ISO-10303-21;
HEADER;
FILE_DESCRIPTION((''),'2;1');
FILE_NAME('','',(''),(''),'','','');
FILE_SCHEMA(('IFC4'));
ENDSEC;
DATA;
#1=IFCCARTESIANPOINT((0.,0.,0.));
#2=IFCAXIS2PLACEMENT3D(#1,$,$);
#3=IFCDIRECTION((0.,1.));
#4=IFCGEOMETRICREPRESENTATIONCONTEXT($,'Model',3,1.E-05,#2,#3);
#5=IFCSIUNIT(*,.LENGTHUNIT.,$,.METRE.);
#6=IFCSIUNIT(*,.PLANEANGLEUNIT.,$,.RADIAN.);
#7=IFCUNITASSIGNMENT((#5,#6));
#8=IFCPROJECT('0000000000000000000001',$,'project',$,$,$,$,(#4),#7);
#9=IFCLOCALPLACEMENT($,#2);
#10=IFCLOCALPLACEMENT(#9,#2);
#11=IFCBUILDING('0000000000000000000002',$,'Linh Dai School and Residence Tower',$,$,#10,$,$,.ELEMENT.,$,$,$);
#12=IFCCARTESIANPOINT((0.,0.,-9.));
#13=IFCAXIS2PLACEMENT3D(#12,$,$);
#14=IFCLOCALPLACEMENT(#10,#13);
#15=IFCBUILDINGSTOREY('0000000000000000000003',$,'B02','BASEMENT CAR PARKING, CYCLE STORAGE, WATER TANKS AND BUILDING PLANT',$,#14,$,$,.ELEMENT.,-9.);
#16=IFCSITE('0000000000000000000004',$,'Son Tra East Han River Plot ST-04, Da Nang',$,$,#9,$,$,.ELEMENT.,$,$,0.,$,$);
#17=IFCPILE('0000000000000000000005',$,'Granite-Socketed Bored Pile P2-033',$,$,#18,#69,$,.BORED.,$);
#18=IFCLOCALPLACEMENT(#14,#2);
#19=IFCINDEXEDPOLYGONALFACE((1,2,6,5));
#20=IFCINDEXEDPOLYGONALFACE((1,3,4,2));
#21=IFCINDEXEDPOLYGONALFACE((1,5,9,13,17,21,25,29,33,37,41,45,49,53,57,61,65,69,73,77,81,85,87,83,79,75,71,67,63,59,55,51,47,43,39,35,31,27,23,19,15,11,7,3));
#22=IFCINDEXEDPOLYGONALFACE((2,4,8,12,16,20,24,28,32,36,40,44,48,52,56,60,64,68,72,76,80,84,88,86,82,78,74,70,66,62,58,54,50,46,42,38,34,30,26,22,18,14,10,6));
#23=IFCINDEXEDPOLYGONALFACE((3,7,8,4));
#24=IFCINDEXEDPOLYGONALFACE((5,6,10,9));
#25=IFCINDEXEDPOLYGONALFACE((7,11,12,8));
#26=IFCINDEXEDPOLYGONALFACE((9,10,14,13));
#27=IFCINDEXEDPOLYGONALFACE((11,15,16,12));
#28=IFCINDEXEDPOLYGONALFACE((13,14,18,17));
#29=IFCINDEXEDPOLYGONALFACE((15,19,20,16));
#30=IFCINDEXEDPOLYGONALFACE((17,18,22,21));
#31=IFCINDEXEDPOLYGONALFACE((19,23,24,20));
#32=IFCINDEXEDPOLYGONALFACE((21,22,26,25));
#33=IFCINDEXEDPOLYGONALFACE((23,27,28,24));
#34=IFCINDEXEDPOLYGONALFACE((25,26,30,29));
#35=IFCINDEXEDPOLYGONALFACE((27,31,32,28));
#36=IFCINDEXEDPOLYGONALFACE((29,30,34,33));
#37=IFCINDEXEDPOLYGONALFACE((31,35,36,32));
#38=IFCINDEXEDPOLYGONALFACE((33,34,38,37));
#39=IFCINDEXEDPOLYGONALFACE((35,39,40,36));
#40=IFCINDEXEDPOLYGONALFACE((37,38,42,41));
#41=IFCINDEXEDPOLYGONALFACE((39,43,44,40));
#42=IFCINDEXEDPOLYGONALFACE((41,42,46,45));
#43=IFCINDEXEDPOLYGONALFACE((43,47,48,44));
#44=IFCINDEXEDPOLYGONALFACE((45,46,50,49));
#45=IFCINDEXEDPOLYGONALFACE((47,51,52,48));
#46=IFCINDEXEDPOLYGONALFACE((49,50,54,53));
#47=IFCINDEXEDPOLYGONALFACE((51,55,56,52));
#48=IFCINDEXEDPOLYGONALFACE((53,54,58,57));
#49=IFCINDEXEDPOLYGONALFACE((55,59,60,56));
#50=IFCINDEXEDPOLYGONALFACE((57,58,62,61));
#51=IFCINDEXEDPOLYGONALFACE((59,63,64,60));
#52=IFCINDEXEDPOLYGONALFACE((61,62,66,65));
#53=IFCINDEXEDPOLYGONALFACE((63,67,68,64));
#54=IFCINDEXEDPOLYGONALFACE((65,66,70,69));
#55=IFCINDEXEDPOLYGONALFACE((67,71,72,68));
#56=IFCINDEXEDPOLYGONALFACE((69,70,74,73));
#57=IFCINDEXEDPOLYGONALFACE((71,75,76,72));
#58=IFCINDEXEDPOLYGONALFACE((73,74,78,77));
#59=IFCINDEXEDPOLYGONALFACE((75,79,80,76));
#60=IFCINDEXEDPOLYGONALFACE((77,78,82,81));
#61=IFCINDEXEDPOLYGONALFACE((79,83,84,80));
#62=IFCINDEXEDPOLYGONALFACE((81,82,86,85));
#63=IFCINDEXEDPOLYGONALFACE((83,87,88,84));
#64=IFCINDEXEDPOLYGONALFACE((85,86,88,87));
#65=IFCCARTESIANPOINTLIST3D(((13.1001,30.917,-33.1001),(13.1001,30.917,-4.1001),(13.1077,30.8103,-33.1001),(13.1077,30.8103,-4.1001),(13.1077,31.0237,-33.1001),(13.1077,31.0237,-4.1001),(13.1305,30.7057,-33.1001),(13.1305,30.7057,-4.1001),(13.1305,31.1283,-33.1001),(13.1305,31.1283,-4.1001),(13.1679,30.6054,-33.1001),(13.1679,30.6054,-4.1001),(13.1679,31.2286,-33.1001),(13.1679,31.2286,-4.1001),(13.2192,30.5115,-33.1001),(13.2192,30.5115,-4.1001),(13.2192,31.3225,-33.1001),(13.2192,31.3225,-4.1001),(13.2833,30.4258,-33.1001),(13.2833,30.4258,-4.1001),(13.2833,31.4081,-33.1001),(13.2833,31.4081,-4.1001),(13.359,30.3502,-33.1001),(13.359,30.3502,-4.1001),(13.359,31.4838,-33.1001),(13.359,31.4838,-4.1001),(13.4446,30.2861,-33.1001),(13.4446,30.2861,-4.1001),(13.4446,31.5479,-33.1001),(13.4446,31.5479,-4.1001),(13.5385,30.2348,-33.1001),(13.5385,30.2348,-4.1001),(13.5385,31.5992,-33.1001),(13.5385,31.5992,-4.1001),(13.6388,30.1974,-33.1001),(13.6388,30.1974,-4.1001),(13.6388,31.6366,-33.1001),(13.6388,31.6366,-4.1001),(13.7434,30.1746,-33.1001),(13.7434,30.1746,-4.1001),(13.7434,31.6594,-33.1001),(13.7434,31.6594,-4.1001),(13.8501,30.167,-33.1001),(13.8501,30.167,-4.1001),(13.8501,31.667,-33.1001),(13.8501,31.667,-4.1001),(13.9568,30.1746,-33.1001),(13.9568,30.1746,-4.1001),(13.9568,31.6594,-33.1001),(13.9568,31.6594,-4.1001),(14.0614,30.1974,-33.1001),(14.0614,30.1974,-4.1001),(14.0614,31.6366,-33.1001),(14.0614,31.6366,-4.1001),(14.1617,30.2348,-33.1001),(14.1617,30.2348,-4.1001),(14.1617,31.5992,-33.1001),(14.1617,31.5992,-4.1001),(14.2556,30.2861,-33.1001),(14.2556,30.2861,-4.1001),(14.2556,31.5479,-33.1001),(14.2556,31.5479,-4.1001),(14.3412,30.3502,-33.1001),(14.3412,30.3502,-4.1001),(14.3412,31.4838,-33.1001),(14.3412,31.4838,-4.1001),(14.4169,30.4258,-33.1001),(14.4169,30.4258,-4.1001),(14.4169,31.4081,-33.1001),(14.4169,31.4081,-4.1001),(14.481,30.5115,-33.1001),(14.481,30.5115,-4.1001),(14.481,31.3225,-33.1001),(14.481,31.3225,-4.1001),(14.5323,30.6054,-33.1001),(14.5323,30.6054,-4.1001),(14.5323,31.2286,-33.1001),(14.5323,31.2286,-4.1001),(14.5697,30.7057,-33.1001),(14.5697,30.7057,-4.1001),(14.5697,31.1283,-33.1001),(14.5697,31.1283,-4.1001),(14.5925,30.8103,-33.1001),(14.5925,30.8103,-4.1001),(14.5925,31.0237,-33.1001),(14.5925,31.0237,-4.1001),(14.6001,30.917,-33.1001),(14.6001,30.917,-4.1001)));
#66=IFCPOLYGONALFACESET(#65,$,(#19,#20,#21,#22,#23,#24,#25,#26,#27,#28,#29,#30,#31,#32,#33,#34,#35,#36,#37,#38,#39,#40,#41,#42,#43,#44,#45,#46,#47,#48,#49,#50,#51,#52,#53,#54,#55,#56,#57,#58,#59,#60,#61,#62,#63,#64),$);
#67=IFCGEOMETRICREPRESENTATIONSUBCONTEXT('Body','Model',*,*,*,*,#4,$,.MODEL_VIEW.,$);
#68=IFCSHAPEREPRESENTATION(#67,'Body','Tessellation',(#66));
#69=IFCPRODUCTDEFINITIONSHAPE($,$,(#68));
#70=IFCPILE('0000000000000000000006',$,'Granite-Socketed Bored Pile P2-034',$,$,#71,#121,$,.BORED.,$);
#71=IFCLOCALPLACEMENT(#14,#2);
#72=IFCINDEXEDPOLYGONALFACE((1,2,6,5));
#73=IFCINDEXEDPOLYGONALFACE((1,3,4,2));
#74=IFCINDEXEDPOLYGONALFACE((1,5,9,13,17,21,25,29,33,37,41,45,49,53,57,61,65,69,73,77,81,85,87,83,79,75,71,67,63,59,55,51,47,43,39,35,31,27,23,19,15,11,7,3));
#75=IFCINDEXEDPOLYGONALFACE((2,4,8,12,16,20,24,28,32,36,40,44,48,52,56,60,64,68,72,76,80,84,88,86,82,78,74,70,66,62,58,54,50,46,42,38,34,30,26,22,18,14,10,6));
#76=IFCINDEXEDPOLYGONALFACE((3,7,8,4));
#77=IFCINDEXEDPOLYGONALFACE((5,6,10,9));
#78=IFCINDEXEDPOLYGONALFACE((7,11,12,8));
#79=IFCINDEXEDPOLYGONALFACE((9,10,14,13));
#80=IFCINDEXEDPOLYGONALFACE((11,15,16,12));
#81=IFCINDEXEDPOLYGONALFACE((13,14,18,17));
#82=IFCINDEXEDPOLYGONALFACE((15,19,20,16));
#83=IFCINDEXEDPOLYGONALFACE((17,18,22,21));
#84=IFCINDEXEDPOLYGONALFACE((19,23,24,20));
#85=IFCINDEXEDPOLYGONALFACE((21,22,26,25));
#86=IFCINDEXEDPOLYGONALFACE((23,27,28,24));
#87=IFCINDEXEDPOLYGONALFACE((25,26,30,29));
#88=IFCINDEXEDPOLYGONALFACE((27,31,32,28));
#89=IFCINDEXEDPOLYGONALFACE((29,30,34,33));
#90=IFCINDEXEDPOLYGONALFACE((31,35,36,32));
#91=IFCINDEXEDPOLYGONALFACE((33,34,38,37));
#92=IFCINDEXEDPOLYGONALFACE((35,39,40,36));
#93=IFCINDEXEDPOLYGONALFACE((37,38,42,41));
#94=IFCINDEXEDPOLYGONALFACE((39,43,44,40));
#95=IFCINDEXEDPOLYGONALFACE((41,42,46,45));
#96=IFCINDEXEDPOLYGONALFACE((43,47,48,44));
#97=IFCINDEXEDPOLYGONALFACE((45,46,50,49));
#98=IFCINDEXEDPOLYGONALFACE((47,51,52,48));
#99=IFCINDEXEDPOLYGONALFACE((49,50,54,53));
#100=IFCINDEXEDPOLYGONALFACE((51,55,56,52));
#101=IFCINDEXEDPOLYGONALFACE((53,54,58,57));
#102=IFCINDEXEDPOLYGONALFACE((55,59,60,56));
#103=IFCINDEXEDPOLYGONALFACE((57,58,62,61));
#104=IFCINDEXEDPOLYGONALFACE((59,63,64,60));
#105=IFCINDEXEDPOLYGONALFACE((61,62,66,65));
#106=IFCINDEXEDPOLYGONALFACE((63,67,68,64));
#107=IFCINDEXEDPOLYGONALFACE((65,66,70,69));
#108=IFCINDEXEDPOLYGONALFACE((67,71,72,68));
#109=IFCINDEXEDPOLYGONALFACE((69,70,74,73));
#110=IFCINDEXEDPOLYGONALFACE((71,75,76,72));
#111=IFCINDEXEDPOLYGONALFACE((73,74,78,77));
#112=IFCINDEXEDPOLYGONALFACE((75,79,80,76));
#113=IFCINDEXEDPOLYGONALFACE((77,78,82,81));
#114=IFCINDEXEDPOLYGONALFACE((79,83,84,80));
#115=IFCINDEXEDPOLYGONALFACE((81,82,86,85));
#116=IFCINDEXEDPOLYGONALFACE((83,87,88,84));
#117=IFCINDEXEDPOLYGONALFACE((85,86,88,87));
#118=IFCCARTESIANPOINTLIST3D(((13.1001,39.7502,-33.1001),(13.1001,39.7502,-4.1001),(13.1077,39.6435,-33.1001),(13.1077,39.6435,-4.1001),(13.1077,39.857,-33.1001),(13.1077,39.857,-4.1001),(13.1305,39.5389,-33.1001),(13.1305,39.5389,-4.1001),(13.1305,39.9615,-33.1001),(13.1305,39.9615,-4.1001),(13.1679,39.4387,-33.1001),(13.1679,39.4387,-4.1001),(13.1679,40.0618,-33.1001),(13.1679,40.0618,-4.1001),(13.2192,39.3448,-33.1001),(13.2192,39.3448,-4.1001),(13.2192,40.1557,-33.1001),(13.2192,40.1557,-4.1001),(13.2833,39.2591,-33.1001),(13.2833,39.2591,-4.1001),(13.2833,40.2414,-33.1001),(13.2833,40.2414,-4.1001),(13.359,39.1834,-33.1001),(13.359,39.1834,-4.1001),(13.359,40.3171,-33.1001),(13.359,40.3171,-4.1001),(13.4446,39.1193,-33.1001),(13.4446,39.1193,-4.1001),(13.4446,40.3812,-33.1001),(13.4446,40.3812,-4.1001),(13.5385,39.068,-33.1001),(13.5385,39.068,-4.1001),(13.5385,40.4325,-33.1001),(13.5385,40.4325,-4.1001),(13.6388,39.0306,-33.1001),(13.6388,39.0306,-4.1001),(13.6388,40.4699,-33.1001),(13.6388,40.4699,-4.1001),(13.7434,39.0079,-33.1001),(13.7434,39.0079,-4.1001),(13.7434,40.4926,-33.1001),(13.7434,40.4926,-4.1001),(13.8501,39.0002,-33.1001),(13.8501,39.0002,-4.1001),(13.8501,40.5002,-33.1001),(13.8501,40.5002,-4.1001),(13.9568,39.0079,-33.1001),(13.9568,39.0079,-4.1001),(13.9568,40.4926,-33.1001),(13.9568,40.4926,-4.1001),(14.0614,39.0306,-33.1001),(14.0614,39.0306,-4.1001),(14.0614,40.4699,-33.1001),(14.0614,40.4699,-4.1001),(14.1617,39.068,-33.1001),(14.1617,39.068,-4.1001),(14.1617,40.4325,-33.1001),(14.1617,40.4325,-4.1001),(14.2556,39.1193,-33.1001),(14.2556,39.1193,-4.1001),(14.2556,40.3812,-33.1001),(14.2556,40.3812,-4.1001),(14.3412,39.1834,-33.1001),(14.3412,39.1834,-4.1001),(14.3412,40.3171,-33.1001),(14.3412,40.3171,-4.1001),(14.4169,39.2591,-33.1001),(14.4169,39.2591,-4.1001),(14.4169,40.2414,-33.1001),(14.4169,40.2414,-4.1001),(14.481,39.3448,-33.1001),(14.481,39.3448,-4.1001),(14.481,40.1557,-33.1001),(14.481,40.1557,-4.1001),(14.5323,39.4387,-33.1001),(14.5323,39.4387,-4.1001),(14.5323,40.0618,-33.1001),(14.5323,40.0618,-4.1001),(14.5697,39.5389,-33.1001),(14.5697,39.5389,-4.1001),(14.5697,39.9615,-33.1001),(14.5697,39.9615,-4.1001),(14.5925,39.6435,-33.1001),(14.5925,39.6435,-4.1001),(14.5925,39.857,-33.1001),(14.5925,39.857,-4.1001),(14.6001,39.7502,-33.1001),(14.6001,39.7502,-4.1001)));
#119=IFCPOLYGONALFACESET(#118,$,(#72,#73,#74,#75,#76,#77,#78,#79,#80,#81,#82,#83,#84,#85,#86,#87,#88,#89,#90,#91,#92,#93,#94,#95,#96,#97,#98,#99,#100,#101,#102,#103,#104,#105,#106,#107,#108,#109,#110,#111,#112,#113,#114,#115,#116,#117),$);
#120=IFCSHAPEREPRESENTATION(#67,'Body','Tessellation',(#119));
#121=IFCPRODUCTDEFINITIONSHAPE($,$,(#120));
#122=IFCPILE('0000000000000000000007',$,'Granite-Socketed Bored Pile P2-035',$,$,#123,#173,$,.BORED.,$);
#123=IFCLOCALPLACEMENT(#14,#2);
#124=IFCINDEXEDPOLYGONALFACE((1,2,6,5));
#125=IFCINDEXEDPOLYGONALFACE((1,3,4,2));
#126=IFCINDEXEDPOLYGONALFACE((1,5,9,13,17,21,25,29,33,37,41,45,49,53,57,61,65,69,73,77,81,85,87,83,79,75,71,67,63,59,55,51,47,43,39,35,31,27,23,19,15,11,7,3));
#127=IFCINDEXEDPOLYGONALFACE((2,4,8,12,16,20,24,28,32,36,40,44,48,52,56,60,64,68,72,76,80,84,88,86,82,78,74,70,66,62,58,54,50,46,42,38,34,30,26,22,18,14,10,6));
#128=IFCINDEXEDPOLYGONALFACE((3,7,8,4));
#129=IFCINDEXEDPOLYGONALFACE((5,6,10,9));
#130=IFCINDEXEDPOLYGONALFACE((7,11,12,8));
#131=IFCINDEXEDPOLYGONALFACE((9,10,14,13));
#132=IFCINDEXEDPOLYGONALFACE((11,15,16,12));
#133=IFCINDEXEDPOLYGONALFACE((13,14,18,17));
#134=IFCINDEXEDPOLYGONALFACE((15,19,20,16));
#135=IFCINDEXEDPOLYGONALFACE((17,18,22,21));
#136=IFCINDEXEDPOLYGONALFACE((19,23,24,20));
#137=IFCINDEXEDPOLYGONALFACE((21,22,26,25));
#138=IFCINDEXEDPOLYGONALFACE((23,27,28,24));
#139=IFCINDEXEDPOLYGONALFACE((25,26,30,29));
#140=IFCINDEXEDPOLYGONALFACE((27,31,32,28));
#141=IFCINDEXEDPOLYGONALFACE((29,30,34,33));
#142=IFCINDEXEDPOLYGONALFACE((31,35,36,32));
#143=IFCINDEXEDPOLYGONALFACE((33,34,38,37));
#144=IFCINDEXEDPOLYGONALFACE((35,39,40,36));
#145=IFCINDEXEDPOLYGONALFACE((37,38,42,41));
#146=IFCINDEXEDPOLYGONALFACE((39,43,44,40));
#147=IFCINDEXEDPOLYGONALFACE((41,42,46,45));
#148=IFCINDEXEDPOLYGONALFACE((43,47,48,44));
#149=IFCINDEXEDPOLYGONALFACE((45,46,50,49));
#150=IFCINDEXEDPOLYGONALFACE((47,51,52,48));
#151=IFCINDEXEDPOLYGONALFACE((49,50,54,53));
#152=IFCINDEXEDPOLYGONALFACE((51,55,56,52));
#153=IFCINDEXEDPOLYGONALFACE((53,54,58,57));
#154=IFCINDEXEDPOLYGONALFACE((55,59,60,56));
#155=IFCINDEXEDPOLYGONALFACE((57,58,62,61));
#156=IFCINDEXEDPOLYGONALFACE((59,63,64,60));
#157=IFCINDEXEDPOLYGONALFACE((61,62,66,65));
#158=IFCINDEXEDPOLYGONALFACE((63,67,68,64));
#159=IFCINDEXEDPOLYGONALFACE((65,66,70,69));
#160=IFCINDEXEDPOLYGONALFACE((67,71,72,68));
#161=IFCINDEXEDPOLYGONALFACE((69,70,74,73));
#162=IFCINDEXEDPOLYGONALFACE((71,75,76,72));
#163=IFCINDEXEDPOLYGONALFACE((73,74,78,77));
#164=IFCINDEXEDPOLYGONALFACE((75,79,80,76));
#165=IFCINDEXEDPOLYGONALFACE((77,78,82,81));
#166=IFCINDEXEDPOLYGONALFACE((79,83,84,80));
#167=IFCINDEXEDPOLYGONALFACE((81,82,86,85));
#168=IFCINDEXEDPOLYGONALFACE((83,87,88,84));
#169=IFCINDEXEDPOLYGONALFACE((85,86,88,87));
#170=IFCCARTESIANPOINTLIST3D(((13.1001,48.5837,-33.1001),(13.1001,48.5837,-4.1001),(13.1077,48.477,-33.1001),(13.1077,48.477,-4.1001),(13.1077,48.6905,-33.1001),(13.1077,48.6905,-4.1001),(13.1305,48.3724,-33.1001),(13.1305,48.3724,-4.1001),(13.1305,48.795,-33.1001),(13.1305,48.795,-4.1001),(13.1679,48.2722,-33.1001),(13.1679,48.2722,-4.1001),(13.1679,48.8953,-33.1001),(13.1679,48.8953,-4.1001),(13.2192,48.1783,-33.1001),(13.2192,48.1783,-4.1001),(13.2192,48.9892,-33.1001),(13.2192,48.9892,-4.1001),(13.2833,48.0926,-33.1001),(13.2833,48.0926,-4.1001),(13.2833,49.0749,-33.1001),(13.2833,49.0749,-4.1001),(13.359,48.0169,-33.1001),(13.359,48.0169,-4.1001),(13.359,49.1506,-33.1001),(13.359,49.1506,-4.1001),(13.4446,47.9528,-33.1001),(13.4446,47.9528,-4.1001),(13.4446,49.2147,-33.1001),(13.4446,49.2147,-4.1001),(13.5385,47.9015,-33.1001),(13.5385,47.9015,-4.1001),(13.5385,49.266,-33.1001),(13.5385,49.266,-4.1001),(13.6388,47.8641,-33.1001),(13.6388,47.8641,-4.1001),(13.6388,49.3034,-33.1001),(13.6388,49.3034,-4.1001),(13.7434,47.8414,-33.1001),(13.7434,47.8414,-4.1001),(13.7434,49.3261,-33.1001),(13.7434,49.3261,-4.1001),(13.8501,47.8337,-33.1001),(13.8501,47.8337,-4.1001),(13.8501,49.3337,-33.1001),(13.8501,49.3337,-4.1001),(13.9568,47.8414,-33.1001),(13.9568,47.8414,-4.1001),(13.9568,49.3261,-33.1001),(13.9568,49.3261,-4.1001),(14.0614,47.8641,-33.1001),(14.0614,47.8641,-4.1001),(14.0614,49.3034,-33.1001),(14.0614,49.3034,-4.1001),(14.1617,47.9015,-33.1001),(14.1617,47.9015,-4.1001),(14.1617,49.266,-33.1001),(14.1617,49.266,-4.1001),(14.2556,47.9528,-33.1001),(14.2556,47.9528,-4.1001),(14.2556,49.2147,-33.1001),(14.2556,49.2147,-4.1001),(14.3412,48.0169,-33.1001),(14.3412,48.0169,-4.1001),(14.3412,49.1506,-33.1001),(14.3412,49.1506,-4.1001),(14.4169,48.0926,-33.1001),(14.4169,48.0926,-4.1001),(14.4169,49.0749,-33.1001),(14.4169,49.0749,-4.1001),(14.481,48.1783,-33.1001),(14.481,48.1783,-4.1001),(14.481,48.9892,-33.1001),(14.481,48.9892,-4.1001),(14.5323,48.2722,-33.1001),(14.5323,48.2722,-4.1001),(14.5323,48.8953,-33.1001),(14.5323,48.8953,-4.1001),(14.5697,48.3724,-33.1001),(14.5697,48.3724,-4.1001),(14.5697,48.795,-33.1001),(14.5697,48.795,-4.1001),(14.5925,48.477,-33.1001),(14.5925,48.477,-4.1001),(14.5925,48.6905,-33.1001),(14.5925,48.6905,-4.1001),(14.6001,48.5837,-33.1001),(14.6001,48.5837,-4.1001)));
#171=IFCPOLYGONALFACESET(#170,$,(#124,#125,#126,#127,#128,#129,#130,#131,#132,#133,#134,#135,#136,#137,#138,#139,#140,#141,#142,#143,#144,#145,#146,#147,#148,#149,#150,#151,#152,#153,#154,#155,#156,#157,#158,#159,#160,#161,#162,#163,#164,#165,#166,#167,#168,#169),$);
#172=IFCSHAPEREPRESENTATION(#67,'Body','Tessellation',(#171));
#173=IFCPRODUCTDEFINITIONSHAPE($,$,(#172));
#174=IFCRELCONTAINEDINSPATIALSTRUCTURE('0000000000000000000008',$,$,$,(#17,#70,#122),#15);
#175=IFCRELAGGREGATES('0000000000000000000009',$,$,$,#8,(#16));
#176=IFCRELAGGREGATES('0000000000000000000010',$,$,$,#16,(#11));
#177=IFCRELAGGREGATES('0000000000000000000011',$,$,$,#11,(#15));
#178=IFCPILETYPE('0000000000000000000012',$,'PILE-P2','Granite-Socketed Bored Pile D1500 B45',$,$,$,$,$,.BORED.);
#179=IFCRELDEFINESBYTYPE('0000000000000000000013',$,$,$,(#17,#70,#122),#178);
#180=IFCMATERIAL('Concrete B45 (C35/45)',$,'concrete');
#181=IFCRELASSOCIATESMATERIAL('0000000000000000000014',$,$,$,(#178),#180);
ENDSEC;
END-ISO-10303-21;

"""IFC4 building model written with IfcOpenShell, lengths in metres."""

from ifc_helpers import new_model, si_unit, direction, frame, origin, origin_2d, place, context, subcontext, project, spatial, circle, extrude, material, material_profile, profile_set, type_object, element, save


model = new_model("IFC4")

# Units and contexts
model_context = context("Model", 3, precision=1e-05, world=origin(), true_north=direction((0.0, 1.0)))
body_context = subcontext(model_context, "Body", "Model", "MODEL_VIEW")
ifc_project = project(units=[si_unit("LENGTHUNIT", "METRE"), si_unit("PLANEANGLEUNIT", "RADIAN")], contexts=[model_context])

# Site, building, storey
site_placement = place(None, origin())
site = spatial("IfcSite", under=ifc_project, at=site_placement, Name="Son Tra East Han River Plot ST-04, Da Nang", CompositionType="ELEMENT", RefElevation=0.0)
building_placement = place(site_placement, origin())
building = spatial("IfcBuilding", under=site, at=building_placement, Name="Linh Dai School and Residence Tower", CompositionType="ELEMENT")
storey_placement = place(building_placement, frame((0.0, 0.0, -9.0)))
storey = spatial("IfcBuildingStorey", under=building, at=storey_placement, Name="B02", Description="BASEMENT CAR PARKING, CYCLE STORAGE, WATER TANKS AND BUILDING PLANT", CompositionType="ELEMENT", Elevation=-9.0)

# Piles
ifc_material_1 = material(Name="Concrete B45 (C35/45)", Category="concrete")
ifc_material_profile_1 = material_profile(ifc_material_1, circle(Radius=0.75, at=origin_2d()), Name="PILE D1500")
ifc_profile_set_1 = profile_set([ifc_material_profile_1], Name="Concrete B45 (C35/45)")
pile_type_1 = type_object("IfcPileType", Name="PILE-P2", Description="Granite-Socketed Bored Pile D1500 B45", PredefinedType="BORED", material=ifc_profile_set_1)
for number, where, z_axis, x_axis, name in (
    (1, (13.8501, 30.917, -4.1001), (0.0, 0.0, -1.0), (1.0, 0.0, 0.0), "Granite-Socketed Bored Pile P2-033"),
    (2, (13.8501, 39.7502, -4.1001), (0.0, 0.0, -1.0), (1.0, 0.0, 0.0), "Granite-Socketed Bored Pile P2-034"),
    (3, (13.8501, 48.5837, -4.1001), (0.0, 0.0, -1.0), (1.0, 0.0, 0.0), "Granite-Socketed Bored Pile P2-035"),
):
    element("IfcPile", number, at=place(storey_placement, frame(where, z_axis=z_axis, x_axis=x_axis)), inside=storey, type_object=pile_type_1, Name=name, PredefinedType="BORED", context=body_context, shape_type="SweptSolid", body=[
        extrude(circle(Radius=0.75, at=origin_2d()), origin(), (0.0, 0.0, 1.0), 29.0),
    ])

save(model, "model.ifc")
